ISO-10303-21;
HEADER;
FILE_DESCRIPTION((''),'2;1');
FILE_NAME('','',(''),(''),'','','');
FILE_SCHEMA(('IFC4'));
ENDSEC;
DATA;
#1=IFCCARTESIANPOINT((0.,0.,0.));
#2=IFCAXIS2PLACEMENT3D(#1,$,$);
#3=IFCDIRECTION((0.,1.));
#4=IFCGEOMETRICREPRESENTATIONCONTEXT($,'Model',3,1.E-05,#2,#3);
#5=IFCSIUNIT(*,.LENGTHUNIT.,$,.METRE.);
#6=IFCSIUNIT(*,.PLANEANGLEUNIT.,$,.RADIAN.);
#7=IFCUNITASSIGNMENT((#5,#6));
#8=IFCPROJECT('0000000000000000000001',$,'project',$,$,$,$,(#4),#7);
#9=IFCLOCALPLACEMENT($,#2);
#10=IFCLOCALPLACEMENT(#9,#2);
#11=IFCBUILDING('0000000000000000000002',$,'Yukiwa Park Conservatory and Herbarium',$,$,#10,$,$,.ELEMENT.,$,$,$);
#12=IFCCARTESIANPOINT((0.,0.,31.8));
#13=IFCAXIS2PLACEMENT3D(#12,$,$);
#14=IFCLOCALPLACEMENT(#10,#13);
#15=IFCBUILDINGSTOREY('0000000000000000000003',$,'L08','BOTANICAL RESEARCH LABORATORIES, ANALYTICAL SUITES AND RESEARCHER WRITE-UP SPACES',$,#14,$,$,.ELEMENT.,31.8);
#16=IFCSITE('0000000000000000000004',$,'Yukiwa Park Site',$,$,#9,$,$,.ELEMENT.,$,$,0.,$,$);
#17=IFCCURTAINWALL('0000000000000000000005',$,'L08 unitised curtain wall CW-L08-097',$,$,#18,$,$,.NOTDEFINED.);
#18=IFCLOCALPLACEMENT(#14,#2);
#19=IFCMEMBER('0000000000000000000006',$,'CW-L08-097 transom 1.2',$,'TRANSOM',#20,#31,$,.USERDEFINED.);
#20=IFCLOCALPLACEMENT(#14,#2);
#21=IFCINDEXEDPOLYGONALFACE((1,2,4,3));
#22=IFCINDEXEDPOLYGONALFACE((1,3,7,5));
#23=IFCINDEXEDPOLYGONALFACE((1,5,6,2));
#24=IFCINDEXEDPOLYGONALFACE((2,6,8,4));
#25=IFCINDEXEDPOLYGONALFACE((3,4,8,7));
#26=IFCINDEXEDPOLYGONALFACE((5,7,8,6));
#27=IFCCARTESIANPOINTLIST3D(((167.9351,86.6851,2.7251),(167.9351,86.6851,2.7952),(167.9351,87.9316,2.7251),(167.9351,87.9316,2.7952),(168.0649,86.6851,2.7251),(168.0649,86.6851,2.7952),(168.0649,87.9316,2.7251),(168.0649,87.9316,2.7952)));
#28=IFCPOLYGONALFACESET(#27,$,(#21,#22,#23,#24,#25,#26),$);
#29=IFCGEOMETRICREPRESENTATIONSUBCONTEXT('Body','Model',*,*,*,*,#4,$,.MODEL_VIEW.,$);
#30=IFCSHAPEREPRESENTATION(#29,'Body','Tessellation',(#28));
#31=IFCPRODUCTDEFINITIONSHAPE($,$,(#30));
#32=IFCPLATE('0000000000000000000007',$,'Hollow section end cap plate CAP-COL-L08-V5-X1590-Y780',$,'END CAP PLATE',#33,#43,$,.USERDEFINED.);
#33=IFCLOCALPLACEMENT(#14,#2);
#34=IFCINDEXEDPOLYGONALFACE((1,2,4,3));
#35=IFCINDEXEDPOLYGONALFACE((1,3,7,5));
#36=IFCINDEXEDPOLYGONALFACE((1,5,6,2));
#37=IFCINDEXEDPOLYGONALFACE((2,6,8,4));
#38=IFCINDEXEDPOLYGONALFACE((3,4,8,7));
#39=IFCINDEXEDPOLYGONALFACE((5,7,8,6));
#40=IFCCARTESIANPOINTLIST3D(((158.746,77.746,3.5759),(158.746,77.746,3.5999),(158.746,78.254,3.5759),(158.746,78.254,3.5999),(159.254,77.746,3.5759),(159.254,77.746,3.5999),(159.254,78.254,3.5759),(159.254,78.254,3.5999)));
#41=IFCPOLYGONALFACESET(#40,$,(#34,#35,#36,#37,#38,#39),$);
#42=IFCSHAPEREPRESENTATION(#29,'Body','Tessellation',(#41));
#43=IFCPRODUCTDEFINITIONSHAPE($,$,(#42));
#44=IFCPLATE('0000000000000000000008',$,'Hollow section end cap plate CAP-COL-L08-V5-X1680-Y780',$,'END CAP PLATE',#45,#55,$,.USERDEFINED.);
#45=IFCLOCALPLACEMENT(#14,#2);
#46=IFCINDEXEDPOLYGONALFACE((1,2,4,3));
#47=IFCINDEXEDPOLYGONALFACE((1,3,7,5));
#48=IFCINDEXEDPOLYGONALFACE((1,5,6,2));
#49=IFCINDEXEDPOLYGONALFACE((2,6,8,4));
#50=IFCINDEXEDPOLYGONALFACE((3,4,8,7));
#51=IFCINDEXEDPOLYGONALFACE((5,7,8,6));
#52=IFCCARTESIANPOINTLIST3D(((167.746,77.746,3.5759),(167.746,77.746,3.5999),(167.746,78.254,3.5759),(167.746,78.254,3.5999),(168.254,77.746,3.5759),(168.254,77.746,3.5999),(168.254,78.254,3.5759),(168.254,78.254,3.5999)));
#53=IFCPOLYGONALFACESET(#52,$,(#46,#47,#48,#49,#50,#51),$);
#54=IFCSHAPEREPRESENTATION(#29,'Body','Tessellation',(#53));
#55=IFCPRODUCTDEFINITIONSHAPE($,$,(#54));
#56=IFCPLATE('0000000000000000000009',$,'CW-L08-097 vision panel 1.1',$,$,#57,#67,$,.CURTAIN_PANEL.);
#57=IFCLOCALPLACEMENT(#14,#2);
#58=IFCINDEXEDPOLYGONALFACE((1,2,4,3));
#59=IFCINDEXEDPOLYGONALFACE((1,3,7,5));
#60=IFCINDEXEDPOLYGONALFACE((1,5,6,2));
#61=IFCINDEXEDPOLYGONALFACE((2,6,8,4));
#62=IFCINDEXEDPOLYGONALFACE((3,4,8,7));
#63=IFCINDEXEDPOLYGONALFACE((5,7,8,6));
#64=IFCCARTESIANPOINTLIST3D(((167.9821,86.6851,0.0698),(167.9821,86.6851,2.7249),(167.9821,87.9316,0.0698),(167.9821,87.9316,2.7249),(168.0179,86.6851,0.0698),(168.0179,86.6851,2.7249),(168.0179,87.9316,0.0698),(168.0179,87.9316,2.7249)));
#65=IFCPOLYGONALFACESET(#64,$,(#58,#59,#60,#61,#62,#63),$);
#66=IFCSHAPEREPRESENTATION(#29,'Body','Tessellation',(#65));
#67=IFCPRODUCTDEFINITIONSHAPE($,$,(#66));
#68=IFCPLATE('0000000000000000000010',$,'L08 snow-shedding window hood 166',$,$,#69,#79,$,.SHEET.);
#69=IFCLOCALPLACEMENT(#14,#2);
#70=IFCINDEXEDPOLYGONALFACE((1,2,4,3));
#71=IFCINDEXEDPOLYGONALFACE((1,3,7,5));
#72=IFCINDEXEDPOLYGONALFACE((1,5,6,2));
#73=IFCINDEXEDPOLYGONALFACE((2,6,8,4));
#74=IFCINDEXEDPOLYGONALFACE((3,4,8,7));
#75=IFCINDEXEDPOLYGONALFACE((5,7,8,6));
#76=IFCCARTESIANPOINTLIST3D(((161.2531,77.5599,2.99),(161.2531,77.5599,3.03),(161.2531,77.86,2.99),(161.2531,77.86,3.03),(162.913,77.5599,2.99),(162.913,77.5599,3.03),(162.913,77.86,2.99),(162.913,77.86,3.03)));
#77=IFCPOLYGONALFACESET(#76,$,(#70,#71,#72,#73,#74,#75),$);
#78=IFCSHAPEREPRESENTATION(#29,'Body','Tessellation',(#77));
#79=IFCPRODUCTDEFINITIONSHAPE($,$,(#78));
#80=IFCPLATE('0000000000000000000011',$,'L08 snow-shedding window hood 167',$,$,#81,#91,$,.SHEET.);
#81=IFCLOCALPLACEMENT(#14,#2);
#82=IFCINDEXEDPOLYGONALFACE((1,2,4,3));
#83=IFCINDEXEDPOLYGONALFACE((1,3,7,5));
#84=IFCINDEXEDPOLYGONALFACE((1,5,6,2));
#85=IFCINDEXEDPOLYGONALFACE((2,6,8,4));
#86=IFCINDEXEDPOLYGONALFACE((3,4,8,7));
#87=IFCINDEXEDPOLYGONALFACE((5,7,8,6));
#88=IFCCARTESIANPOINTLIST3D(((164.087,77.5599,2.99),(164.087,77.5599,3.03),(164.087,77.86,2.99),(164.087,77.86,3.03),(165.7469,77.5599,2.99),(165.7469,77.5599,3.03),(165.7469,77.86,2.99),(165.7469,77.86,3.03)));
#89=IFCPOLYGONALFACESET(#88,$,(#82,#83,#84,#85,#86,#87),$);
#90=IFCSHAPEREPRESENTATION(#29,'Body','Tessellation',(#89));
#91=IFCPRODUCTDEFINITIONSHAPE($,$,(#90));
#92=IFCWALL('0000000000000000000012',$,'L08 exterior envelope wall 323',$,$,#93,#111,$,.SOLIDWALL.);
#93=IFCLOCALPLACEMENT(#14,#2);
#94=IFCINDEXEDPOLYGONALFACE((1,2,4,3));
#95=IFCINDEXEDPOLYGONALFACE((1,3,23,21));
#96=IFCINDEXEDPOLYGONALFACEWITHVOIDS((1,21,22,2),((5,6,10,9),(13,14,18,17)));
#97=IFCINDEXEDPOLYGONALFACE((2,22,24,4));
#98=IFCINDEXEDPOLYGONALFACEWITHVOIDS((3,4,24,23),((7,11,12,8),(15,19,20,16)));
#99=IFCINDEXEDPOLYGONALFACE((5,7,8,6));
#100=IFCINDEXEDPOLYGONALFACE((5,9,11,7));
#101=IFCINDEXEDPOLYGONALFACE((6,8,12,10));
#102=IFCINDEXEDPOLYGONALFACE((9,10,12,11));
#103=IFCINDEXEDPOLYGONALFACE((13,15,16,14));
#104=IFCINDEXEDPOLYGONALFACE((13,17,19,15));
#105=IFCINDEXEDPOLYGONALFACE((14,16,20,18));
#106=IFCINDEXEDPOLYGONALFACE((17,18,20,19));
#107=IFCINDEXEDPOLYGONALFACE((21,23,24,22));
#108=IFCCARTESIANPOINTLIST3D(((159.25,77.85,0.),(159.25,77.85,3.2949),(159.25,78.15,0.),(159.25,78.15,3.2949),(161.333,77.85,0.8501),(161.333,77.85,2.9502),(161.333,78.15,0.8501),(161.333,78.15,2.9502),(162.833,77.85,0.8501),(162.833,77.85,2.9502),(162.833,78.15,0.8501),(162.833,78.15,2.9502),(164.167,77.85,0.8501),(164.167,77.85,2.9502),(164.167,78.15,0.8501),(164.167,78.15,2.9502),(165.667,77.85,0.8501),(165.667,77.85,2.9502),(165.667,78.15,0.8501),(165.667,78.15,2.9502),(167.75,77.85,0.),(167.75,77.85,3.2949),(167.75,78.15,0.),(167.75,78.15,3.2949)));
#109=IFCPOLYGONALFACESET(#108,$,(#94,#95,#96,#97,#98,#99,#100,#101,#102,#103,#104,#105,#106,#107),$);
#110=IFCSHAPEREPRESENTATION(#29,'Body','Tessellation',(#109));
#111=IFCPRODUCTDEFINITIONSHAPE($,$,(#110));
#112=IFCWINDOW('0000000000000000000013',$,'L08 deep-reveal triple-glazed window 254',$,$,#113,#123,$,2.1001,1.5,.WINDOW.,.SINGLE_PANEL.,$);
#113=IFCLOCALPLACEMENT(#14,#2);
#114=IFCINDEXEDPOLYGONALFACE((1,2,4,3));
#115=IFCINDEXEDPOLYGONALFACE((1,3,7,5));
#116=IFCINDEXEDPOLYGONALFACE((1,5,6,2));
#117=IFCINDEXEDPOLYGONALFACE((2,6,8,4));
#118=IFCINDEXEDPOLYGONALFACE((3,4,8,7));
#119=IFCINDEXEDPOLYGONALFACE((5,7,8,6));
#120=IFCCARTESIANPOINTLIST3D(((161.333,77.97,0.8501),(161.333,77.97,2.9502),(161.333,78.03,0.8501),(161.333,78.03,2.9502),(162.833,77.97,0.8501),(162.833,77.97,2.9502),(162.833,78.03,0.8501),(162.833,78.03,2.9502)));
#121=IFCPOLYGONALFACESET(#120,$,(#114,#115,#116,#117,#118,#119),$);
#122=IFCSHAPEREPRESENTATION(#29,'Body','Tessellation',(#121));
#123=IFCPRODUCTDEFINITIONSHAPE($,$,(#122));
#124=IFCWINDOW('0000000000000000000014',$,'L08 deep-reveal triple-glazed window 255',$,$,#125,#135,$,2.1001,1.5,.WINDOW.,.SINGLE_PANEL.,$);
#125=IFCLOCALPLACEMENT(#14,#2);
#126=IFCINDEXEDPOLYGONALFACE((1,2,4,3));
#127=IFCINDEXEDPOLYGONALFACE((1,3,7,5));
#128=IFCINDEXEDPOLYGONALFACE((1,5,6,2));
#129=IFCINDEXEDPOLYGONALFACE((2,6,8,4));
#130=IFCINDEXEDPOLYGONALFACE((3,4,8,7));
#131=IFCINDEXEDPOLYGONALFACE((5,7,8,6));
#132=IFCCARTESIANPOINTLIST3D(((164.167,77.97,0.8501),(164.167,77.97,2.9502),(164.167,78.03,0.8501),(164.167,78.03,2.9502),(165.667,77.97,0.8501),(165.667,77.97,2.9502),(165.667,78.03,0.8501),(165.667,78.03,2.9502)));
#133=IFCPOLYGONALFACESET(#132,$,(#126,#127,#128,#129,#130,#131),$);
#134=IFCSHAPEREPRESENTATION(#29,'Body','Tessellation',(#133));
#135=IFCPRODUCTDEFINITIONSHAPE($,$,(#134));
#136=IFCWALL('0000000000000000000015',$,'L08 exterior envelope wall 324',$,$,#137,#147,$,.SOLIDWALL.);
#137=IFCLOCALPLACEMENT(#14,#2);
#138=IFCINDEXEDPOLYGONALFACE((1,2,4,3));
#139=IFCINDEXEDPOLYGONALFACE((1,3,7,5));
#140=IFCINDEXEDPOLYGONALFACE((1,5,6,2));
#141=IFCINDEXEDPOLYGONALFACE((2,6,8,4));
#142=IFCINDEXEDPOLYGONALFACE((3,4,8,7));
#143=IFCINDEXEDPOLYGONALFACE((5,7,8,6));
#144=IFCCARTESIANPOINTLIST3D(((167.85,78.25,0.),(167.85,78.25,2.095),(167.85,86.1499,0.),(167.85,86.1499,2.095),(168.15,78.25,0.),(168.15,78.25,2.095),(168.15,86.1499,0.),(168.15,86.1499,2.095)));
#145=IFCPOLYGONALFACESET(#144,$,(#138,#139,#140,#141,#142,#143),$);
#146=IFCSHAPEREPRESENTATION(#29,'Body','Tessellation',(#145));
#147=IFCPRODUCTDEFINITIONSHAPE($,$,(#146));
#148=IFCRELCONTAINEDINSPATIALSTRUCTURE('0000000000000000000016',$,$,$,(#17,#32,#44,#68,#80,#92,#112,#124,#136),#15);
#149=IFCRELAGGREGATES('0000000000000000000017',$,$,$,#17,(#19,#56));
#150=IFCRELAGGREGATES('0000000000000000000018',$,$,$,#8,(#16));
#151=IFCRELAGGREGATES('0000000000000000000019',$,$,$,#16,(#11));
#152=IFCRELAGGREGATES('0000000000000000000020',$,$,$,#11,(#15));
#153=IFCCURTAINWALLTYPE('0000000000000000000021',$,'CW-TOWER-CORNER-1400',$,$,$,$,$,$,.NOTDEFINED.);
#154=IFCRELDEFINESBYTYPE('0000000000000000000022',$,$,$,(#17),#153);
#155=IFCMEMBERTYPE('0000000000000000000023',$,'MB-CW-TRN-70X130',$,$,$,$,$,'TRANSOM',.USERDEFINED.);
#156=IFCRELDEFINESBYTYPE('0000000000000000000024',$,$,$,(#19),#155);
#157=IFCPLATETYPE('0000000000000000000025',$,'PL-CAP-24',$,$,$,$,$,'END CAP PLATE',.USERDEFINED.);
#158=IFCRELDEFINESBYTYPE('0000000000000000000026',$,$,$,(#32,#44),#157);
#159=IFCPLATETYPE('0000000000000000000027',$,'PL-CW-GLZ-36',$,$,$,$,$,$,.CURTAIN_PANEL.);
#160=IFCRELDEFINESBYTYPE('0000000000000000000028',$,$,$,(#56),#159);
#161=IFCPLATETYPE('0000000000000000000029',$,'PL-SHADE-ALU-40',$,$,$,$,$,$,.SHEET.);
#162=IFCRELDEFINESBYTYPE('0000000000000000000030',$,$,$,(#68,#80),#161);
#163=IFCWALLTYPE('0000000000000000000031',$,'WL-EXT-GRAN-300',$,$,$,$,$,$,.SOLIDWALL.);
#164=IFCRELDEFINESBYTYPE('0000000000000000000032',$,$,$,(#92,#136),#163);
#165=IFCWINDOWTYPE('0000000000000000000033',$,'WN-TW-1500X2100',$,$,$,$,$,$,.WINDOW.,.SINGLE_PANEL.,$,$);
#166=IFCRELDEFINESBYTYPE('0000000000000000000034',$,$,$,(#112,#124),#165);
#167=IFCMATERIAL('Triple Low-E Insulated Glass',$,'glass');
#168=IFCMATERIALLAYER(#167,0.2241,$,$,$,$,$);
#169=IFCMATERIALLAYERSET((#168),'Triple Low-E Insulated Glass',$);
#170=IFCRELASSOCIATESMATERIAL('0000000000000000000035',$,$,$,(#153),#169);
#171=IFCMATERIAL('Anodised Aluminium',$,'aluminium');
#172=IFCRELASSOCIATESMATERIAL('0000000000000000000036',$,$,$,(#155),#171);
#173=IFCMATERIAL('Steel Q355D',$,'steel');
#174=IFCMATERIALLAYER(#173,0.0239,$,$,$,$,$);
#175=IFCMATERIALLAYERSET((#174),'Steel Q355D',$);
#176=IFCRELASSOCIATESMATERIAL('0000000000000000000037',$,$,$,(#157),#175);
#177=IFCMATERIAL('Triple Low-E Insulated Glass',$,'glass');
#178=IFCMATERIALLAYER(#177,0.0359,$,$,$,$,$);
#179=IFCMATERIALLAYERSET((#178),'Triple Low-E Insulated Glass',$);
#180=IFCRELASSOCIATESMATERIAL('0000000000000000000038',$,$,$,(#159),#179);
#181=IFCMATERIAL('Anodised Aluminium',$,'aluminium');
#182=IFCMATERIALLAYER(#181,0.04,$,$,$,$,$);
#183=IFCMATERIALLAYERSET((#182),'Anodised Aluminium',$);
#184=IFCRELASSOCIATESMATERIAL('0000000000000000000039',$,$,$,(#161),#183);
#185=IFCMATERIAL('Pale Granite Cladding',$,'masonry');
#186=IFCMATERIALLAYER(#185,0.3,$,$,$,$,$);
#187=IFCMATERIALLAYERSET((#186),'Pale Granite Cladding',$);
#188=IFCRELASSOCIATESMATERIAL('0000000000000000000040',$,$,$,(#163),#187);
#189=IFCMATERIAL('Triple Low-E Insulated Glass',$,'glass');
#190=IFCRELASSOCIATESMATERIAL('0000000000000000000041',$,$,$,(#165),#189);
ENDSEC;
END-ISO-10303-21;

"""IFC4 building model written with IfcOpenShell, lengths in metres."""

from ifc_helpers import new_model, si_unit, direction, frame, frame_2d, origin, origin_2d, place, context, subcontext, project, spatial, rectangle, extrude, material, layer, layer_set, type_object, element, fill, aggregate, save


model = new_model("IFC4")

# Units and contexts
model_context = context("Model", 3, precision=1e-05, world=origin(), true_north=direction((0.0, 1.0)))
body_context = subcontext(model_context, "Body", "Model", "MODEL_VIEW")
ifc_project = project(units=[si_unit("LENGTHUNIT", "METRE"), si_unit("PLANEANGLEUNIT", "RADIAN")], contexts=[model_context])

# Site, building, storey
site_placement = place(None, origin())
site = spatial("IfcSite", under=ifc_project, at=site_placement, Name="Yukiwa Park Site", CompositionType="ELEMENT", RefElevation=0.0)
building_placement = place(site_placement, origin())
building = spatial("IfcBuilding", under=site, at=building_placement, Name="Yukiwa Park Conservatory and Herbarium", CompositionType="ELEMENT")
storey_placement = place(building_placement, frame((0.0, 0.0, 31.8)))
storey = spatial("IfcBuildingStorey", under=building, at=storey_placement, Name="L08", Description="BOTANICAL RESEARCH LABORATORIES, ANALYTICAL SUITES AND RESEARCHER WRITE-UP SPACES", CompositionType="ELEMENT", Elevation=31.8)

# Curtain wall, member
ifc_material_1 = material(Name="Triple Low-E Insulated Glass", Category="glass")
ifc_layer_1 = layer(ifc_material_1, 0.2241)
ifc_layer_set_1 = layer_set([ifc_layer_1], Name="Triple Low-E Insulated Glass")
curtain_wall_type_1 = type_object("IfcCurtainWallType", Name="CW-TOWER-CORNER-1400", PredefinedType="NOTDEFINED", material=ifc_layer_set_1)
curtain_wall_1_placement = place(storey_placement, origin())
curtain_wall_1 = element("IfcCurtainWall", 1, at=curtain_wall_1_placement, inside=storey, type_object=curtain_wall_type_1, Name="L08 unitised curtain wall CW-L08-097", PredefinedType="NOTDEFINED")
ifc_material_2 = material(Name="Anodised Aluminium", Category="aluminium")
member_type_1 = type_object("IfcMemberType", Name="MB-CW-TRN-70X130", ElementType="TRANSOM", PredefinedType="USERDEFINED", material=ifc_material_2)
member_1_placement = place(storey_placement, frame((168.0, 87.3083, 2.7251), z_axis=(0.0, 0.0, 1.0), x_axis=(0.0, 1.0, 0.0)))
member_1 = element("IfcMember", 2, at=member_1_placement, type_object=member_type_1, Name="CW-L08-097 transom 1.2", ObjectType="TRANSOM", PredefinedType="USERDEFINED", context=body_context, shape_type="SweptSolid", body=[
    extrude(rectangle(XDim=1.2466, YDim=0.1299, at=origin_2d()), origin(), (0.0, 0.0, 1.0), 0.0701),
])

# Plates
ifc_material_3 = material(Name="Steel Q355D", Category="steel")
ifc_layer_2 = layer(ifc_material_3, 0.0239)
ifc_layer_set_2 = layer_set([ifc_layer_2], Name="Steel Q355D")
plate_type_1 = type_object("IfcPlateType", Name="PL-CAP-24", ElementType="END CAP PLATE", PredefinedType="USERDEFINED", material=ifc_layer_set_2)
for number, where, z_axis, x_axis, name in (
    (3, (159.0, 78.0, 3.5759), (0.0, 0.0, 1.0), (1.0, 0.0, 0.0), "Hollow section end cap plate CAP-COL-L08-V5-X1590-Y780"),
    (4, (168.0, 78.0, 3.5759), (0.0, 0.0, 1.0), (1.0, 0.0, 0.0), "Hollow section end cap plate CAP-COL-L08-V5-X1680-Y780"),
):
    element("IfcPlate", number, at=place(storey_placement, frame(where, z_axis=z_axis, x_axis=x_axis)), inside=storey, type_object=plate_type_1, Name=name, ObjectType="END CAP PLATE", PredefinedType="USERDEFINED", context=body_context, shape_type="SweptSolid", body=[
        extrude(rectangle(XDim=0.5081, YDim=0.5081, at=origin_2d()), origin(), (0.0, 0.0, 1.0), 0.0239),
    ])

# Plate
ifc_material_4 = material(Name="Triple Low-E Insulated Glass", Category="glass")
ifc_layer_3 = layer(ifc_material_4, 0.0359)
ifc_layer_set_3 = layer_set([ifc_layer_3], Name="Triple Low-E Insulated Glass")
plate_type_2 = type_object("IfcPlateType", Name="PL-CW-GLZ-36", PredefinedType="CURTAIN_PANEL", material=ifc_layer_set_3)
plate_placement = place(storey_placement, frame((168.0, 87.3083, 0.0698), z_axis=(0.0, 0.0, 1.0), x_axis=(0.0, 1.0, 0.0)))
plate = element("IfcPlate", 5, at=plate_placement, type_object=plate_type_2, Name="CW-L08-097 vision panel 1.1", PredefinedType="CURTAIN_PANEL", context=body_context, shape_type="SweptSolid", body=[
    extrude(rectangle(XDim=1.2466, YDim=0.0359, at=origin_2d()), origin(), (0.0, 0.0, 1.0), 2.655),
])
aggregate(curtain_wall_1, [member_1, plate])

# Plates
ifc_material_5 = material(Name="Anodised Aluminium", Category="aluminium")
ifc_layer_4 = layer(ifc_material_5, 0.04)
ifc_layer_set_4 = layer_set([ifc_layer_4], Name="Anodised Aluminium")
plate_type_3 = type_object("IfcPlateType", Name="PL-SHADE-ALU-40", PredefinedType="SHEET", material=ifc_layer_set_4)
for number, where, z_axis, x_axis, name in (
    (6, (162.083, 77.71, 2.99), (0.0, 0.0, 1.0), (1.0, 0.0, 0.0), "L08 snow-shedding window hood 166"),
    (7, (164.917, 77.71, 2.99), (0.0, 0.0, 1.0), (1.0, 0.0, 0.0), "L08 snow-shedding window hood 167"),
):
    element("IfcPlate", number, at=place(storey_placement, frame(where, z_axis=z_axis, x_axis=x_axis)), inside=storey, type_object=plate_type_3, Name=name, PredefinedType="SHEET", context=body_context, shape_type="SweptSolid", body=[
        extrude(rectangle(XDim=1.6599, YDim=0.3, at=origin_2d()), origin(), (0.0, 0.0, 1.0), 0.04),
    ])

# Wall, openings, windows
ifc_material_6 = material(Name="Pale Granite Cladding", Category="masonry")
ifc_layer_5 = layer(ifc_material_6, 0.3)
ifc_layer_set_5 = layer_set([ifc_layer_5], Name="Pale Granite Cladding")
wall_type = type_object("IfcWallType", Name="WL-EXT-GRAN-300", PredefinedType="SOLIDWALL", material=ifc_layer_set_5)
wall_1_placement = place(storey_placement, frame((159.25, 78.0, 0.0), z_axis=(0.0, 0.0, 1.0), x_axis=(1.0, 0.0, 0.0)))
wall_1 = element("IfcWall", 8, at=wall_1_placement, inside=storey, type_object=wall_type, Name="L08 exterior envelope wall 323", PredefinedType="SOLIDWALL", context=body_context, shape_type="SweptSolid", body=[
    extrude(rectangle(XDim=8.5, YDim=0.3, at=frame_2d((4.25, 0.0))), origin(), (0.0, 0.0, 1.0), 3.2949),
])
opening_1_placement = place(wall_1_placement, frame((2.083, 0.0, 0.8501)))
opening_1 = element("IfcOpeningElement", 9, at=opening_1_placement, cuts=wall_1, PredefinedType="OPENING", context=body_context, shape_type="SweptSolid", body=[
    extrude(rectangle(XDim=1.5, YDim=2.1001, at=frame_2d((0.75, 1.05))), frame((0.0, 0.1602, 0.0), z_axis=(0.0, -1.0, 0.0), x_axis=(1.0, 0.0, 0.0)), (0.0, 0.0, 1.0), 0.3201),
])
opening_2_placement = place(wall_1_placement, frame((4.917, 0.0, 0.8501)))
opening_2 = element("IfcOpeningElement", 10, at=opening_2_placement, cuts=wall_1, PredefinedType="OPENING", context=body_context, shape_type="SweptSolid", body=[
    extrude(rectangle(XDim=1.5, YDim=2.1001, at=frame_2d((0.75, 1.05))), frame((0.0, 0.1602, 0.0), z_axis=(0.0, -1.0, 0.0), x_axis=(1.0, 0.0, 0.0)), (0.0, 0.0, 1.0), 0.3201),
])
ifc_material_7 = material(Name="Triple Low-E Insulated Glass", Category="glass")
window_type = type_object("IfcWindowType", Name="WN-TW-1500X2100", PartitioningType="SINGLE_PANEL", PredefinedType="WINDOW", material=ifc_material_7)
window_1_placement = place(opening_1_placement, origin())
window_1 = element("IfcWindow", 11, at=window_1_placement, inside=storey, type_object=window_type, Name="L08 deep-reveal triple-glazed window 254", OverallHeight=2.1001, OverallWidth=1.5, PartitioningType="SINGLE_PANEL", PredefinedType="WINDOW", context=body_context, shape_type="SweptSolid", body=[
    extrude(rectangle(XDim=1.5, YDim=2.1001, at=frame_2d((0.75, 1.05))), frame((0.0, 0.03, 0.0), z_axis=(0.0, -1.0, 0.0), x_axis=(1.0, 0.0, 0.0)), (0.0, 0.0, 1.0), 0.0601),
])
fill(opening_1, window_1)
window_2_placement = place(opening_2_placement, origin())
window_2 = element("IfcWindow", 12, at=window_2_placement, inside=storey, type_object=window_type, Name="L08 deep-reveal triple-glazed window 255", OverallHeight=2.1001, OverallWidth=1.5, PartitioningType="SINGLE_PANEL", PredefinedType="WINDOW", context=body_context, shape_type="SweptSolid", body=[
    extrude(rectangle(XDim=1.5, YDim=2.1001, at=frame_2d((0.75, 1.05))), frame((0.0, 0.03, 0.0), z_axis=(0.0, -1.0, 0.0), x_axis=(1.0, 0.0, 0.0)), (0.0, 0.0, 1.0), 0.0601),
])
fill(opening_2, window_2)

# Wall
wall_2_placement = place(storey_placement, frame((168.0, 78.25, 0.0), z_axis=(0.0, 0.0, 1.0), x_axis=(0.0, 1.0, 0.0)))
element("IfcWall", 13, at=wall_2_placement, inside=storey, type_object=wall_type, Name="L08 exterior envelope wall 324", PredefinedType="SOLIDWALL", context=body_context, shape_type="SweptSolid", body=[
    extrude(rectangle(XDim=7.8999, YDim=0.3, at=frame_2d((3.95, 0.0))), origin(), (0.0, 0.0, 1.0), 2.095),
])

save(model, "model.ifc")
